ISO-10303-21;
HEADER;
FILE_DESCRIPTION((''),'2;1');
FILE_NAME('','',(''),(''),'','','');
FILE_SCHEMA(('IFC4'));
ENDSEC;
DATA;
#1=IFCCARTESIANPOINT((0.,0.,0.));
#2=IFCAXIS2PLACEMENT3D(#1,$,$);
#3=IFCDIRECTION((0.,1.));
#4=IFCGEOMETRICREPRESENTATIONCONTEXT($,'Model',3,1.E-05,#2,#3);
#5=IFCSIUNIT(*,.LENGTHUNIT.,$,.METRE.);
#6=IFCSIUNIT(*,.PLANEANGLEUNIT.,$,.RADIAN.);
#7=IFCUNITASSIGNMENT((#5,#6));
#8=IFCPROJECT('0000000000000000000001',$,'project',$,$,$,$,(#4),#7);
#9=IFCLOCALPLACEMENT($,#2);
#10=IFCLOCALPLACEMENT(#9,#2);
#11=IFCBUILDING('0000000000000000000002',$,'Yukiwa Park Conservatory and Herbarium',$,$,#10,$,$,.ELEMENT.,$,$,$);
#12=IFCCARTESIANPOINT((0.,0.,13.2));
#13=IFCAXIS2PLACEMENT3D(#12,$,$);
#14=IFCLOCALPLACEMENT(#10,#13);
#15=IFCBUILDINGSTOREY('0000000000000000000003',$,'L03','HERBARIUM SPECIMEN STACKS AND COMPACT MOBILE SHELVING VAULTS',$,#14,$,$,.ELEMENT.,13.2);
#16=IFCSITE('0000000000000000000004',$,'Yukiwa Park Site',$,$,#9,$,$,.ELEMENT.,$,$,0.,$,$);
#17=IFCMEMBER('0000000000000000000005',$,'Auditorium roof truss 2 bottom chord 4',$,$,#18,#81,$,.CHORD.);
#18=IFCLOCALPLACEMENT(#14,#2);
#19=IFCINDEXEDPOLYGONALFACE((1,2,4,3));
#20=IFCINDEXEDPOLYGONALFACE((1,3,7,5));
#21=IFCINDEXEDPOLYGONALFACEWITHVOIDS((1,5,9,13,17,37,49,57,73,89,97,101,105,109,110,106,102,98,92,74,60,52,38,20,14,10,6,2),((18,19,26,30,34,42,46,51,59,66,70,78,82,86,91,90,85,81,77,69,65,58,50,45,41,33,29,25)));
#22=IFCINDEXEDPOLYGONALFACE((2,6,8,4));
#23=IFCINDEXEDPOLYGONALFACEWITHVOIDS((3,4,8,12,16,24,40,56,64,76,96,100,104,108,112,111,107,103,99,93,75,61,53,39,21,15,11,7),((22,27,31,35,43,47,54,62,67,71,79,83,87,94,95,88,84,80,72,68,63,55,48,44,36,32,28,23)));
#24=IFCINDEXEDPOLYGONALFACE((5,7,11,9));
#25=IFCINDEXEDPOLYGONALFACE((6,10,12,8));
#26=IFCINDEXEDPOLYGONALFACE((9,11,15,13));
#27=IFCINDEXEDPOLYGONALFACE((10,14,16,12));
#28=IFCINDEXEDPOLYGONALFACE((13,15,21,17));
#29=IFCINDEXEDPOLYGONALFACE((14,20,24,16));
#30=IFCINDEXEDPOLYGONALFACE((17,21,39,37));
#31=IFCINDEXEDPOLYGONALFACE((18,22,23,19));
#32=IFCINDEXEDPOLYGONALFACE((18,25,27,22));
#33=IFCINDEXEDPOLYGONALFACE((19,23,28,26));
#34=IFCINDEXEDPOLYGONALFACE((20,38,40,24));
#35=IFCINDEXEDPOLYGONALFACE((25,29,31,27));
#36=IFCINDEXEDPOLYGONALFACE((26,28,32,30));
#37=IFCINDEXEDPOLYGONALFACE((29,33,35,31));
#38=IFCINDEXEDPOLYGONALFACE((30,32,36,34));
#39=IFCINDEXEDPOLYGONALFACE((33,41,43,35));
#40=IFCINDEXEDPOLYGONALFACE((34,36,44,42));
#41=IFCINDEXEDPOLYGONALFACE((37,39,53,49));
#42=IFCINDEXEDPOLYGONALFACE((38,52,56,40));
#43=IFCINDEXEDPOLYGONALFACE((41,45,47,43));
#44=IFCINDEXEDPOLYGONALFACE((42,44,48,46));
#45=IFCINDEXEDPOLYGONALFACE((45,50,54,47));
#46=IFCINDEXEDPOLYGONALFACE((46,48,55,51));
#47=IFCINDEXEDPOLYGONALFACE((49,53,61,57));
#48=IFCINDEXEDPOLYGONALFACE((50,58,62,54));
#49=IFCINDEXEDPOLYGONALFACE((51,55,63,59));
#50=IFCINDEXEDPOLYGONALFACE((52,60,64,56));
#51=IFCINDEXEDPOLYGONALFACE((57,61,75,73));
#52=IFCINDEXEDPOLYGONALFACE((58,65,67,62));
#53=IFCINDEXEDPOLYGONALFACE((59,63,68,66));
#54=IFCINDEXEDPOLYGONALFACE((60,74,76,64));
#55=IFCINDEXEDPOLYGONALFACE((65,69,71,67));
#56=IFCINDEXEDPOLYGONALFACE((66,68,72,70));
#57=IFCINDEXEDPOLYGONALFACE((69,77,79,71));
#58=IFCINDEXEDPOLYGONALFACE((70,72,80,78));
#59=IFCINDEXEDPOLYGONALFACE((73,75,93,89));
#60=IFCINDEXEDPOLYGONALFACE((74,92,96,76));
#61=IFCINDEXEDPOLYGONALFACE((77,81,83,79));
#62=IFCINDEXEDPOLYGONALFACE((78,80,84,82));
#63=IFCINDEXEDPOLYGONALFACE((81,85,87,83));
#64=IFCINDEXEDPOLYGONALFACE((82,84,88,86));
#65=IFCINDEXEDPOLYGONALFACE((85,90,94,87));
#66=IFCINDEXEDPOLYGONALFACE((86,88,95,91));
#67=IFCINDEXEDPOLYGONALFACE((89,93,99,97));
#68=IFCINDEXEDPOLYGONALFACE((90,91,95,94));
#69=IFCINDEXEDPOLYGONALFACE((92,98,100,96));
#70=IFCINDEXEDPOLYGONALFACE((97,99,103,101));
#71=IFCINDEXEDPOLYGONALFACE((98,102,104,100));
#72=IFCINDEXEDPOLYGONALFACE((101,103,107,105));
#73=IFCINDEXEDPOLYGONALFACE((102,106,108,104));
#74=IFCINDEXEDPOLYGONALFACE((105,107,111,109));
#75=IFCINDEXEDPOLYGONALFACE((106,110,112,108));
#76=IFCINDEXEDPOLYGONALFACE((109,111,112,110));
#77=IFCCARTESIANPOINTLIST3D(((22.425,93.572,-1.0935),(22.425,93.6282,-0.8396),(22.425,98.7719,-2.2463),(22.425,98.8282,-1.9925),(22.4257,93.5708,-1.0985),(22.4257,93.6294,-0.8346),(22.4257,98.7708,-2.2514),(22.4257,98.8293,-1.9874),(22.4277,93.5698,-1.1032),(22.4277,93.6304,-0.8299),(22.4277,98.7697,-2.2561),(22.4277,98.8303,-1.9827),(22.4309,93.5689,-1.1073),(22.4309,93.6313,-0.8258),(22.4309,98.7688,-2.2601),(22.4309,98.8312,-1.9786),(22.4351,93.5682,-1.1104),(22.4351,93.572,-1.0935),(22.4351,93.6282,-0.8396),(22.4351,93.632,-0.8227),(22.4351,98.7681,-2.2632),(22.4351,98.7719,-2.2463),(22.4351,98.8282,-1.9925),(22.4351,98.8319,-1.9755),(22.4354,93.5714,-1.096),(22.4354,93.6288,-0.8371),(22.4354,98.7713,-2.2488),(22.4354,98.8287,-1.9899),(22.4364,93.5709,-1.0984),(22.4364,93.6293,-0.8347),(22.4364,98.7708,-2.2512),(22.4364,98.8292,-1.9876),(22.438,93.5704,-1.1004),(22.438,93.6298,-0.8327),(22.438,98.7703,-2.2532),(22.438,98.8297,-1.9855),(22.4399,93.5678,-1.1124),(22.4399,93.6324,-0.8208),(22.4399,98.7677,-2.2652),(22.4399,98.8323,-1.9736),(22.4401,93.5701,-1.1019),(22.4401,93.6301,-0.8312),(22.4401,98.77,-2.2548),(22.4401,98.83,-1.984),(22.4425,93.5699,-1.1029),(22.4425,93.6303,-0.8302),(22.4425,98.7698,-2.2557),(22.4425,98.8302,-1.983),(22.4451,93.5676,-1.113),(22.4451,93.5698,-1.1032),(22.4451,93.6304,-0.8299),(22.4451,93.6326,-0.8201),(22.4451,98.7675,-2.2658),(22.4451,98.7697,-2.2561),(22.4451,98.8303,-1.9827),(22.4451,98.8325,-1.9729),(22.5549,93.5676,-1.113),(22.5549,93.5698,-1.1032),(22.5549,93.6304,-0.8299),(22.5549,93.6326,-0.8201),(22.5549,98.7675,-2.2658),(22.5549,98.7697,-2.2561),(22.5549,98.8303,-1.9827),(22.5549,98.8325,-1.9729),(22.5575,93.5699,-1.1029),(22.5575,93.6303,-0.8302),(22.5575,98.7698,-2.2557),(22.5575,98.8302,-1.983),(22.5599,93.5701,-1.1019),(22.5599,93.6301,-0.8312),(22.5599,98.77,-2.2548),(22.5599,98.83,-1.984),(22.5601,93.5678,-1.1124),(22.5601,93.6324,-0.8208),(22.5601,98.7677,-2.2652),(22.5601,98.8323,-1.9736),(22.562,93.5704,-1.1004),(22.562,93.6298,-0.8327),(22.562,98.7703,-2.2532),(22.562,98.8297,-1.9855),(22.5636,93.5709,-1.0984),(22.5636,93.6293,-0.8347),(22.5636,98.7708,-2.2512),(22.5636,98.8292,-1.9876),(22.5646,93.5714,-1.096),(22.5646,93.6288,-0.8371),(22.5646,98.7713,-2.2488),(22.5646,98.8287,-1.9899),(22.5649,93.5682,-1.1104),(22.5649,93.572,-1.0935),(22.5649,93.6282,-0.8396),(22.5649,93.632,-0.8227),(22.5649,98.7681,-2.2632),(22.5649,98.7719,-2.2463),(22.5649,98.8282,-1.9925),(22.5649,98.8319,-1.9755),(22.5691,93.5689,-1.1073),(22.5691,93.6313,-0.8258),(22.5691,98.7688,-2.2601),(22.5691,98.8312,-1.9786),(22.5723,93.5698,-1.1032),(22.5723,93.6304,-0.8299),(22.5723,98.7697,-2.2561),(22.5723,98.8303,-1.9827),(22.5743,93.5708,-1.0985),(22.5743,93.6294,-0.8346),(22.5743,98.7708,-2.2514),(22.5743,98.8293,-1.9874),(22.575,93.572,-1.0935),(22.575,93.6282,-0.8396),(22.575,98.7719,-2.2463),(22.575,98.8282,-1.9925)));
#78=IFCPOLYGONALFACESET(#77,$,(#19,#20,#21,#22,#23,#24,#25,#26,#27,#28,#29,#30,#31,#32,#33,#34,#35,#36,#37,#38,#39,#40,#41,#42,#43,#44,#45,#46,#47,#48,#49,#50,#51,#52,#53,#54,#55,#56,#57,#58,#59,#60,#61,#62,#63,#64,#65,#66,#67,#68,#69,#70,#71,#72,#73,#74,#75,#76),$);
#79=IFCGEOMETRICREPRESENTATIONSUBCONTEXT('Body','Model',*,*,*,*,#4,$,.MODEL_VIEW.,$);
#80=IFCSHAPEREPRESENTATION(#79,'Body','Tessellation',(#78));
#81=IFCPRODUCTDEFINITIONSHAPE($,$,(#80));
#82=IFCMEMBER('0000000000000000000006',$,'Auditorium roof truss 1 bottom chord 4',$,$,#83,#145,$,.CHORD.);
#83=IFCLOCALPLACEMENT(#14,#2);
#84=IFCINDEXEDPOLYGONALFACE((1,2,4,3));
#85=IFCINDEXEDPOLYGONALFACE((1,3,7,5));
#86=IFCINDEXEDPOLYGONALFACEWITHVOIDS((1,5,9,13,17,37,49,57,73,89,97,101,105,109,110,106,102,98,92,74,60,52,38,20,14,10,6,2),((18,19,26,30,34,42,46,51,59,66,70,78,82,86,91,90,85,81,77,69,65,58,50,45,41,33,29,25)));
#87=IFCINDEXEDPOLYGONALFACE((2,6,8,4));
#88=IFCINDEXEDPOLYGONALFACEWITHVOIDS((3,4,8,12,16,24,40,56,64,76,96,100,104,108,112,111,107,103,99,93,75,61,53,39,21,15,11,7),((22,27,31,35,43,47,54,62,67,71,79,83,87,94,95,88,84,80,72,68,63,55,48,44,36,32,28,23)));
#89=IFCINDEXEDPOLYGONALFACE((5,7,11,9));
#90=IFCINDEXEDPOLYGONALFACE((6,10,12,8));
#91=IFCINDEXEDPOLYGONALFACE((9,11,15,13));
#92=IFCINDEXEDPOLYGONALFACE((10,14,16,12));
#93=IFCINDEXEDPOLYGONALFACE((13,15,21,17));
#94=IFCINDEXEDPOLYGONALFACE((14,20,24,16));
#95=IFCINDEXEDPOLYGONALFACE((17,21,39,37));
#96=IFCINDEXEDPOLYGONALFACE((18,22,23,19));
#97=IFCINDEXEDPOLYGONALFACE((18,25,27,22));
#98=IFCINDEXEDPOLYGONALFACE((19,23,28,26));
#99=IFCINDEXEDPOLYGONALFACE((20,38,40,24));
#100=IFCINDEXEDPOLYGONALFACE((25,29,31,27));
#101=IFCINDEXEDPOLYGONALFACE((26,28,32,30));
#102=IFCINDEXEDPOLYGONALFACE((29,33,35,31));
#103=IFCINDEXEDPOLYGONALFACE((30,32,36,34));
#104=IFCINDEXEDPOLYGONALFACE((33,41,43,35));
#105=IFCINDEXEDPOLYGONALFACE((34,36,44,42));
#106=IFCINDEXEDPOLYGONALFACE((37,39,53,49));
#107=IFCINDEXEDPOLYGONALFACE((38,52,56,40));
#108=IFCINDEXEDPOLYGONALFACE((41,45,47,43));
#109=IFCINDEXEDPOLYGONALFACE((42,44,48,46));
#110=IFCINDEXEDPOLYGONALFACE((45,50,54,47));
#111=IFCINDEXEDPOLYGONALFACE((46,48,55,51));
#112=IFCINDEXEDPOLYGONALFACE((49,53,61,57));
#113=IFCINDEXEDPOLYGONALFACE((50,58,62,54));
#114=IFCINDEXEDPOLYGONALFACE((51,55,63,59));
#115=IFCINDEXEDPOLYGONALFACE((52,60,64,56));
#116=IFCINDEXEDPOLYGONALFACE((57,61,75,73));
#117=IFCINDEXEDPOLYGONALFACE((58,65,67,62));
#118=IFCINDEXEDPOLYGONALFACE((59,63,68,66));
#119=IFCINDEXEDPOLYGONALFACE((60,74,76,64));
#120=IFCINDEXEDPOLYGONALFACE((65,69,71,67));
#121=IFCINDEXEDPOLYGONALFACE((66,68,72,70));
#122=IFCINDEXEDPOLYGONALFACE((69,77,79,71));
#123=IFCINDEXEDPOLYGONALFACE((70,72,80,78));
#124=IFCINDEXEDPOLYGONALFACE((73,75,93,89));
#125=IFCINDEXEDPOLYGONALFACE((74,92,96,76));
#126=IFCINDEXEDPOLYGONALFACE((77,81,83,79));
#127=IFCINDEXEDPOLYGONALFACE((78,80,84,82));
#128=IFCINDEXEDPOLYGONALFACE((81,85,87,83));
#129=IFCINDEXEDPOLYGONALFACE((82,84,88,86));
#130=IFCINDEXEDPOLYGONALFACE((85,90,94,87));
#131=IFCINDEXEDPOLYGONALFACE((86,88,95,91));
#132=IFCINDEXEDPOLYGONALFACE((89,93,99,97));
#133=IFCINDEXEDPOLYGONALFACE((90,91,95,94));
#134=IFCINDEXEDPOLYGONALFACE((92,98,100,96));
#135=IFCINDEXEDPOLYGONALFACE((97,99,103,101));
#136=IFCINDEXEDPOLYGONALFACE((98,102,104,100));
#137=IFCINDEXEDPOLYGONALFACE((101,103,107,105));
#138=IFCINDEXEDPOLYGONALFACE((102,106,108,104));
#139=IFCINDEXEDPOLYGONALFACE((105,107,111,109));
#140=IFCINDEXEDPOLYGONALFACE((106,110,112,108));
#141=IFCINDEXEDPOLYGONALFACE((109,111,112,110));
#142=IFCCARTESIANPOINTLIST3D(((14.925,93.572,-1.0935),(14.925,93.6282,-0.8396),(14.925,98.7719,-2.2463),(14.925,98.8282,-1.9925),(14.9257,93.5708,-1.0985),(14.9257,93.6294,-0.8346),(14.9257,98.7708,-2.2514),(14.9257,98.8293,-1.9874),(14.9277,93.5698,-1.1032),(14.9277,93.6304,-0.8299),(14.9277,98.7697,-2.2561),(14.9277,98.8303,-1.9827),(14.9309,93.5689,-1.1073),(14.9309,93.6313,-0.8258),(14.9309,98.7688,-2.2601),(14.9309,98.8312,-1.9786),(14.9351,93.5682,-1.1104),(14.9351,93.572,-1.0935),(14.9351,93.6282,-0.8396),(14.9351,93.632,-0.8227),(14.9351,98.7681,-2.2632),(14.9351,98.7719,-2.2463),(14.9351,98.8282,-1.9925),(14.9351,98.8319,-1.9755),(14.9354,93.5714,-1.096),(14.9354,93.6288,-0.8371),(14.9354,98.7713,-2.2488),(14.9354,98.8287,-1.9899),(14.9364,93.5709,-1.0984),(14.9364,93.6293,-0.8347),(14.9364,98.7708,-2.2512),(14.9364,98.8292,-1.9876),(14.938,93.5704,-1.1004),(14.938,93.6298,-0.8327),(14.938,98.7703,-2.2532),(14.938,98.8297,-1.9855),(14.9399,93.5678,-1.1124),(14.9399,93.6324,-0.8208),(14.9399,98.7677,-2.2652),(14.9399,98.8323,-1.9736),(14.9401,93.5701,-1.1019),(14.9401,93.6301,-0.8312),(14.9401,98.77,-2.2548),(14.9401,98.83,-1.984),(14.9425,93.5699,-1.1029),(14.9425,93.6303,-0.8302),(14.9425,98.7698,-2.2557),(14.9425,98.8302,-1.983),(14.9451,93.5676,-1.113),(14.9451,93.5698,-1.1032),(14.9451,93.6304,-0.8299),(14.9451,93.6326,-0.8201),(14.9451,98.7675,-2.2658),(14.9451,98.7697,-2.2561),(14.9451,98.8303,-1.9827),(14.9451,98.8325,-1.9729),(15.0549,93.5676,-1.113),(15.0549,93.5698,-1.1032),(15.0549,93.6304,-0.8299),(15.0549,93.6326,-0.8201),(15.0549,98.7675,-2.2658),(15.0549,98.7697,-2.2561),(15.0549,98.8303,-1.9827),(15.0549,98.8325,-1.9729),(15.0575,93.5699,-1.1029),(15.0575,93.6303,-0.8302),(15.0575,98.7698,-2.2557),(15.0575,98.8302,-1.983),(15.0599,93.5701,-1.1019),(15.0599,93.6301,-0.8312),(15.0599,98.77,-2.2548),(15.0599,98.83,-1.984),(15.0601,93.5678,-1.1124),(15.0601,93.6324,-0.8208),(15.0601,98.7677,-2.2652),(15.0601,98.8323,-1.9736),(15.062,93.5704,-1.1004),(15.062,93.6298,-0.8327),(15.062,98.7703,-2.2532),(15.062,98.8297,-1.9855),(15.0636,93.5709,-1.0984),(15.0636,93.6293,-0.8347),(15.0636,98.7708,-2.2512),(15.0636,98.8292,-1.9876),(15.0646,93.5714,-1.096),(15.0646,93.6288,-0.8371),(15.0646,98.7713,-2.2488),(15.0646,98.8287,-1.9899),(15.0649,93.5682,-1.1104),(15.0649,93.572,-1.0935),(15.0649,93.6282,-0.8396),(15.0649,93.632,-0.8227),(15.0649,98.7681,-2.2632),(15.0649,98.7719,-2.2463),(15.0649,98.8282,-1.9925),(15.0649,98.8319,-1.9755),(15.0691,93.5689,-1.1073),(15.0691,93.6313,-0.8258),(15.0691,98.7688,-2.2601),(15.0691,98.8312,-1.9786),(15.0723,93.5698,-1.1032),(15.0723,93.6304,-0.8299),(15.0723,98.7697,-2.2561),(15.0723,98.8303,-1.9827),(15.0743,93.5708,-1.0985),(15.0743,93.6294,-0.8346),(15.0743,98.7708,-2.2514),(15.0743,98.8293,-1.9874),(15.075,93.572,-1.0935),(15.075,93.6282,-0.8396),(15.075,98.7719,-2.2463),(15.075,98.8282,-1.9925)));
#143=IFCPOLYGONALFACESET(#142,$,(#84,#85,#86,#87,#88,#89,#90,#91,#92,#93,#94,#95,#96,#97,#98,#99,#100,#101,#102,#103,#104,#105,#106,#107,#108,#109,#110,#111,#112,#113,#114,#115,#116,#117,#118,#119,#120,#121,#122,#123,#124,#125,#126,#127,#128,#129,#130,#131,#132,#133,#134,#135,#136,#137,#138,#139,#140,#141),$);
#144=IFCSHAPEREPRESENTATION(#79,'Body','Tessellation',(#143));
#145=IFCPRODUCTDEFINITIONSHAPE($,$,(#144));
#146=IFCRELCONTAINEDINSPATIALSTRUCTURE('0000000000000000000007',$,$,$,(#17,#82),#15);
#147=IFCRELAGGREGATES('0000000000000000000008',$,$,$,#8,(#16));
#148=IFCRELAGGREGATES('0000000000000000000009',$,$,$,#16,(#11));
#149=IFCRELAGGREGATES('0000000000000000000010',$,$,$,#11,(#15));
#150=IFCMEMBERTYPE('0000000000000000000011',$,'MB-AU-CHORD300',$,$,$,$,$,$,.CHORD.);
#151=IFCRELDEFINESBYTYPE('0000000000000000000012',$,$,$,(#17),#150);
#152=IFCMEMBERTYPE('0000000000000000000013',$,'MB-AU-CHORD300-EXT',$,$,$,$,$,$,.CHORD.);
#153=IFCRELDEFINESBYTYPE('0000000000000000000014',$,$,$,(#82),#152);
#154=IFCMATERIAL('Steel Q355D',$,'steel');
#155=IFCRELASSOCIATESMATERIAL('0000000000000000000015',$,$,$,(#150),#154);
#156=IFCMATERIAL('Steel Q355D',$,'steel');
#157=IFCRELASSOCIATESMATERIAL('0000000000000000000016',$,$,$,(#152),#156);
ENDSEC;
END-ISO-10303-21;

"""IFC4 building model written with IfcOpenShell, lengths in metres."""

from ifc_helpers import new_model, si_unit, direction, frame, origin, origin_2d, place, context, subcontext, project, spatial, hollow_rectangle, extrude, material, material_profile, profile_set, type_object, element, save


model = new_model("IFC4")

# Units and contexts
model_context = context("Model", 3, precision=1e-05, world=origin(), true_north=direction((0.0, 1.0)))
body_context = subcontext(model_context, "Body", "Model", "MODEL_VIEW")
ifc_project = project(units=[si_unit("LENGTHUNIT", "METRE"), si_unit("PLANEANGLEUNIT", "RADIAN")], contexts=[model_context])

# Site, building, storey
site_placement = place(None, origin())
site = spatial("IfcSite", under=ifc_project, at=site_placement, Name="Yukiwa Park Site", CompositionType="ELEMENT", RefElevation=0.0)
building_placement = place(site_placement, origin())
building = spatial("IfcBuilding", under=site, at=building_placement, Name="Yukiwa Park Conservatory and Herbarium", CompositionType="ELEMENT")
storey_placement = place(building_placement, frame((0.0, 0.0, 13.2)))
storey = spatial("IfcBuildingStorey", under=building, at=storey_placement, Name="L03", Description="HERBARIUM SPECIMEN STACKS AND COMPACT MOBILE SHELVING VAULTS", CompositionType="ELEMENT", Elevation=13.2)

# Members
ifc_material_1 = material(Name="Steel Q355D", Category="steel")
ifc_material_profile_1 = material_profile(ifc_material_1, hollow_rectangle(XDim=0.1499, YDim=0.3, WallThickness=0.01, InnerFilletRadius=0.01, OuterFilletRadius=0.02, at=origin_2d()), Name="RHS 300x150x10")
ifc_profile_set_1 = profile_set([ifc_material_profile_1], Name="Steel Q355D")
member_type_1 = type_object("IfcMemberType", Name="MB-AU-CHORD300", PredefinedType="CHORD", material=ifc_profile_set_1)
member_1_placement = place(storey_placement, frame((22.5, 93.6001, -0.9666), z_axis=(0.0, 0.976295, -0.216445), x_axis=(-1.0, 0.0, 0.0)))
element("IfcMember", 1, at=member_1_placement, inside=storey, type_object=member_type_1, Name="Auditorium roof truss 2 bottom chord 4", PredefinedType="CHORD", context=body_context, shape_type="SweptSolid", body=[
    extrude(hollow_rectangle(XDim=0.1499, YDim=0.3, WallThickness=0.01, InnerFilletRadius=0.01, OuterFilletRadius=0.02, at=origin_2d()), origin(), (0.0, 0.0, 1.0), 5.3262),
])
ifc_material_2 = material(Name="Steel Q355D", Category="steel")
ifc_material_profile_2 = material_profile(ifc_material_2, hollow_rectangle(XDim=0.1499, YDim=0.3, WallThickness=0.01, InnerFilletRadius=0.01, OuterFilletRadius=0.02, at=origin_2d()), Name="RHS 300x150x10")
ifc_profile_set_2 = profile_set([ifc_material_profile_2], Name="Steel Q355D")
member_type_2 = type_object("IfcMemberType", Name="MB-AU-CHORD300-EXT", PredefinedType="CHORD", material=ifc_profile_set_2)
member_2_placement = place(storey_placement, frame((15.0, 93.6001, -0.9666), z_axis=(0.0, 0.976295, -0.216445), x_axis=(-1.0, 0.0, 0.0)))
element("IfcMember", 2, at=member_2_placement, inside=storey, type_object=member_type_2, Name="Auditorium roof truss 1 bottom chord 4", PredefinedType="CHORD", context=body_context, shape_type="SweptSolid", body=[
    extrude(hollow_rectangle(XDim=0.1499, YDim=0.3, WallThickness=0.01, InnerFilletRadius=0.01, OuterFilletRadius=0.02, at=origin_2d()), origin(), (0.0, 0.0, 1.0), 5.3262),
])

save(model, "model.ifc")
